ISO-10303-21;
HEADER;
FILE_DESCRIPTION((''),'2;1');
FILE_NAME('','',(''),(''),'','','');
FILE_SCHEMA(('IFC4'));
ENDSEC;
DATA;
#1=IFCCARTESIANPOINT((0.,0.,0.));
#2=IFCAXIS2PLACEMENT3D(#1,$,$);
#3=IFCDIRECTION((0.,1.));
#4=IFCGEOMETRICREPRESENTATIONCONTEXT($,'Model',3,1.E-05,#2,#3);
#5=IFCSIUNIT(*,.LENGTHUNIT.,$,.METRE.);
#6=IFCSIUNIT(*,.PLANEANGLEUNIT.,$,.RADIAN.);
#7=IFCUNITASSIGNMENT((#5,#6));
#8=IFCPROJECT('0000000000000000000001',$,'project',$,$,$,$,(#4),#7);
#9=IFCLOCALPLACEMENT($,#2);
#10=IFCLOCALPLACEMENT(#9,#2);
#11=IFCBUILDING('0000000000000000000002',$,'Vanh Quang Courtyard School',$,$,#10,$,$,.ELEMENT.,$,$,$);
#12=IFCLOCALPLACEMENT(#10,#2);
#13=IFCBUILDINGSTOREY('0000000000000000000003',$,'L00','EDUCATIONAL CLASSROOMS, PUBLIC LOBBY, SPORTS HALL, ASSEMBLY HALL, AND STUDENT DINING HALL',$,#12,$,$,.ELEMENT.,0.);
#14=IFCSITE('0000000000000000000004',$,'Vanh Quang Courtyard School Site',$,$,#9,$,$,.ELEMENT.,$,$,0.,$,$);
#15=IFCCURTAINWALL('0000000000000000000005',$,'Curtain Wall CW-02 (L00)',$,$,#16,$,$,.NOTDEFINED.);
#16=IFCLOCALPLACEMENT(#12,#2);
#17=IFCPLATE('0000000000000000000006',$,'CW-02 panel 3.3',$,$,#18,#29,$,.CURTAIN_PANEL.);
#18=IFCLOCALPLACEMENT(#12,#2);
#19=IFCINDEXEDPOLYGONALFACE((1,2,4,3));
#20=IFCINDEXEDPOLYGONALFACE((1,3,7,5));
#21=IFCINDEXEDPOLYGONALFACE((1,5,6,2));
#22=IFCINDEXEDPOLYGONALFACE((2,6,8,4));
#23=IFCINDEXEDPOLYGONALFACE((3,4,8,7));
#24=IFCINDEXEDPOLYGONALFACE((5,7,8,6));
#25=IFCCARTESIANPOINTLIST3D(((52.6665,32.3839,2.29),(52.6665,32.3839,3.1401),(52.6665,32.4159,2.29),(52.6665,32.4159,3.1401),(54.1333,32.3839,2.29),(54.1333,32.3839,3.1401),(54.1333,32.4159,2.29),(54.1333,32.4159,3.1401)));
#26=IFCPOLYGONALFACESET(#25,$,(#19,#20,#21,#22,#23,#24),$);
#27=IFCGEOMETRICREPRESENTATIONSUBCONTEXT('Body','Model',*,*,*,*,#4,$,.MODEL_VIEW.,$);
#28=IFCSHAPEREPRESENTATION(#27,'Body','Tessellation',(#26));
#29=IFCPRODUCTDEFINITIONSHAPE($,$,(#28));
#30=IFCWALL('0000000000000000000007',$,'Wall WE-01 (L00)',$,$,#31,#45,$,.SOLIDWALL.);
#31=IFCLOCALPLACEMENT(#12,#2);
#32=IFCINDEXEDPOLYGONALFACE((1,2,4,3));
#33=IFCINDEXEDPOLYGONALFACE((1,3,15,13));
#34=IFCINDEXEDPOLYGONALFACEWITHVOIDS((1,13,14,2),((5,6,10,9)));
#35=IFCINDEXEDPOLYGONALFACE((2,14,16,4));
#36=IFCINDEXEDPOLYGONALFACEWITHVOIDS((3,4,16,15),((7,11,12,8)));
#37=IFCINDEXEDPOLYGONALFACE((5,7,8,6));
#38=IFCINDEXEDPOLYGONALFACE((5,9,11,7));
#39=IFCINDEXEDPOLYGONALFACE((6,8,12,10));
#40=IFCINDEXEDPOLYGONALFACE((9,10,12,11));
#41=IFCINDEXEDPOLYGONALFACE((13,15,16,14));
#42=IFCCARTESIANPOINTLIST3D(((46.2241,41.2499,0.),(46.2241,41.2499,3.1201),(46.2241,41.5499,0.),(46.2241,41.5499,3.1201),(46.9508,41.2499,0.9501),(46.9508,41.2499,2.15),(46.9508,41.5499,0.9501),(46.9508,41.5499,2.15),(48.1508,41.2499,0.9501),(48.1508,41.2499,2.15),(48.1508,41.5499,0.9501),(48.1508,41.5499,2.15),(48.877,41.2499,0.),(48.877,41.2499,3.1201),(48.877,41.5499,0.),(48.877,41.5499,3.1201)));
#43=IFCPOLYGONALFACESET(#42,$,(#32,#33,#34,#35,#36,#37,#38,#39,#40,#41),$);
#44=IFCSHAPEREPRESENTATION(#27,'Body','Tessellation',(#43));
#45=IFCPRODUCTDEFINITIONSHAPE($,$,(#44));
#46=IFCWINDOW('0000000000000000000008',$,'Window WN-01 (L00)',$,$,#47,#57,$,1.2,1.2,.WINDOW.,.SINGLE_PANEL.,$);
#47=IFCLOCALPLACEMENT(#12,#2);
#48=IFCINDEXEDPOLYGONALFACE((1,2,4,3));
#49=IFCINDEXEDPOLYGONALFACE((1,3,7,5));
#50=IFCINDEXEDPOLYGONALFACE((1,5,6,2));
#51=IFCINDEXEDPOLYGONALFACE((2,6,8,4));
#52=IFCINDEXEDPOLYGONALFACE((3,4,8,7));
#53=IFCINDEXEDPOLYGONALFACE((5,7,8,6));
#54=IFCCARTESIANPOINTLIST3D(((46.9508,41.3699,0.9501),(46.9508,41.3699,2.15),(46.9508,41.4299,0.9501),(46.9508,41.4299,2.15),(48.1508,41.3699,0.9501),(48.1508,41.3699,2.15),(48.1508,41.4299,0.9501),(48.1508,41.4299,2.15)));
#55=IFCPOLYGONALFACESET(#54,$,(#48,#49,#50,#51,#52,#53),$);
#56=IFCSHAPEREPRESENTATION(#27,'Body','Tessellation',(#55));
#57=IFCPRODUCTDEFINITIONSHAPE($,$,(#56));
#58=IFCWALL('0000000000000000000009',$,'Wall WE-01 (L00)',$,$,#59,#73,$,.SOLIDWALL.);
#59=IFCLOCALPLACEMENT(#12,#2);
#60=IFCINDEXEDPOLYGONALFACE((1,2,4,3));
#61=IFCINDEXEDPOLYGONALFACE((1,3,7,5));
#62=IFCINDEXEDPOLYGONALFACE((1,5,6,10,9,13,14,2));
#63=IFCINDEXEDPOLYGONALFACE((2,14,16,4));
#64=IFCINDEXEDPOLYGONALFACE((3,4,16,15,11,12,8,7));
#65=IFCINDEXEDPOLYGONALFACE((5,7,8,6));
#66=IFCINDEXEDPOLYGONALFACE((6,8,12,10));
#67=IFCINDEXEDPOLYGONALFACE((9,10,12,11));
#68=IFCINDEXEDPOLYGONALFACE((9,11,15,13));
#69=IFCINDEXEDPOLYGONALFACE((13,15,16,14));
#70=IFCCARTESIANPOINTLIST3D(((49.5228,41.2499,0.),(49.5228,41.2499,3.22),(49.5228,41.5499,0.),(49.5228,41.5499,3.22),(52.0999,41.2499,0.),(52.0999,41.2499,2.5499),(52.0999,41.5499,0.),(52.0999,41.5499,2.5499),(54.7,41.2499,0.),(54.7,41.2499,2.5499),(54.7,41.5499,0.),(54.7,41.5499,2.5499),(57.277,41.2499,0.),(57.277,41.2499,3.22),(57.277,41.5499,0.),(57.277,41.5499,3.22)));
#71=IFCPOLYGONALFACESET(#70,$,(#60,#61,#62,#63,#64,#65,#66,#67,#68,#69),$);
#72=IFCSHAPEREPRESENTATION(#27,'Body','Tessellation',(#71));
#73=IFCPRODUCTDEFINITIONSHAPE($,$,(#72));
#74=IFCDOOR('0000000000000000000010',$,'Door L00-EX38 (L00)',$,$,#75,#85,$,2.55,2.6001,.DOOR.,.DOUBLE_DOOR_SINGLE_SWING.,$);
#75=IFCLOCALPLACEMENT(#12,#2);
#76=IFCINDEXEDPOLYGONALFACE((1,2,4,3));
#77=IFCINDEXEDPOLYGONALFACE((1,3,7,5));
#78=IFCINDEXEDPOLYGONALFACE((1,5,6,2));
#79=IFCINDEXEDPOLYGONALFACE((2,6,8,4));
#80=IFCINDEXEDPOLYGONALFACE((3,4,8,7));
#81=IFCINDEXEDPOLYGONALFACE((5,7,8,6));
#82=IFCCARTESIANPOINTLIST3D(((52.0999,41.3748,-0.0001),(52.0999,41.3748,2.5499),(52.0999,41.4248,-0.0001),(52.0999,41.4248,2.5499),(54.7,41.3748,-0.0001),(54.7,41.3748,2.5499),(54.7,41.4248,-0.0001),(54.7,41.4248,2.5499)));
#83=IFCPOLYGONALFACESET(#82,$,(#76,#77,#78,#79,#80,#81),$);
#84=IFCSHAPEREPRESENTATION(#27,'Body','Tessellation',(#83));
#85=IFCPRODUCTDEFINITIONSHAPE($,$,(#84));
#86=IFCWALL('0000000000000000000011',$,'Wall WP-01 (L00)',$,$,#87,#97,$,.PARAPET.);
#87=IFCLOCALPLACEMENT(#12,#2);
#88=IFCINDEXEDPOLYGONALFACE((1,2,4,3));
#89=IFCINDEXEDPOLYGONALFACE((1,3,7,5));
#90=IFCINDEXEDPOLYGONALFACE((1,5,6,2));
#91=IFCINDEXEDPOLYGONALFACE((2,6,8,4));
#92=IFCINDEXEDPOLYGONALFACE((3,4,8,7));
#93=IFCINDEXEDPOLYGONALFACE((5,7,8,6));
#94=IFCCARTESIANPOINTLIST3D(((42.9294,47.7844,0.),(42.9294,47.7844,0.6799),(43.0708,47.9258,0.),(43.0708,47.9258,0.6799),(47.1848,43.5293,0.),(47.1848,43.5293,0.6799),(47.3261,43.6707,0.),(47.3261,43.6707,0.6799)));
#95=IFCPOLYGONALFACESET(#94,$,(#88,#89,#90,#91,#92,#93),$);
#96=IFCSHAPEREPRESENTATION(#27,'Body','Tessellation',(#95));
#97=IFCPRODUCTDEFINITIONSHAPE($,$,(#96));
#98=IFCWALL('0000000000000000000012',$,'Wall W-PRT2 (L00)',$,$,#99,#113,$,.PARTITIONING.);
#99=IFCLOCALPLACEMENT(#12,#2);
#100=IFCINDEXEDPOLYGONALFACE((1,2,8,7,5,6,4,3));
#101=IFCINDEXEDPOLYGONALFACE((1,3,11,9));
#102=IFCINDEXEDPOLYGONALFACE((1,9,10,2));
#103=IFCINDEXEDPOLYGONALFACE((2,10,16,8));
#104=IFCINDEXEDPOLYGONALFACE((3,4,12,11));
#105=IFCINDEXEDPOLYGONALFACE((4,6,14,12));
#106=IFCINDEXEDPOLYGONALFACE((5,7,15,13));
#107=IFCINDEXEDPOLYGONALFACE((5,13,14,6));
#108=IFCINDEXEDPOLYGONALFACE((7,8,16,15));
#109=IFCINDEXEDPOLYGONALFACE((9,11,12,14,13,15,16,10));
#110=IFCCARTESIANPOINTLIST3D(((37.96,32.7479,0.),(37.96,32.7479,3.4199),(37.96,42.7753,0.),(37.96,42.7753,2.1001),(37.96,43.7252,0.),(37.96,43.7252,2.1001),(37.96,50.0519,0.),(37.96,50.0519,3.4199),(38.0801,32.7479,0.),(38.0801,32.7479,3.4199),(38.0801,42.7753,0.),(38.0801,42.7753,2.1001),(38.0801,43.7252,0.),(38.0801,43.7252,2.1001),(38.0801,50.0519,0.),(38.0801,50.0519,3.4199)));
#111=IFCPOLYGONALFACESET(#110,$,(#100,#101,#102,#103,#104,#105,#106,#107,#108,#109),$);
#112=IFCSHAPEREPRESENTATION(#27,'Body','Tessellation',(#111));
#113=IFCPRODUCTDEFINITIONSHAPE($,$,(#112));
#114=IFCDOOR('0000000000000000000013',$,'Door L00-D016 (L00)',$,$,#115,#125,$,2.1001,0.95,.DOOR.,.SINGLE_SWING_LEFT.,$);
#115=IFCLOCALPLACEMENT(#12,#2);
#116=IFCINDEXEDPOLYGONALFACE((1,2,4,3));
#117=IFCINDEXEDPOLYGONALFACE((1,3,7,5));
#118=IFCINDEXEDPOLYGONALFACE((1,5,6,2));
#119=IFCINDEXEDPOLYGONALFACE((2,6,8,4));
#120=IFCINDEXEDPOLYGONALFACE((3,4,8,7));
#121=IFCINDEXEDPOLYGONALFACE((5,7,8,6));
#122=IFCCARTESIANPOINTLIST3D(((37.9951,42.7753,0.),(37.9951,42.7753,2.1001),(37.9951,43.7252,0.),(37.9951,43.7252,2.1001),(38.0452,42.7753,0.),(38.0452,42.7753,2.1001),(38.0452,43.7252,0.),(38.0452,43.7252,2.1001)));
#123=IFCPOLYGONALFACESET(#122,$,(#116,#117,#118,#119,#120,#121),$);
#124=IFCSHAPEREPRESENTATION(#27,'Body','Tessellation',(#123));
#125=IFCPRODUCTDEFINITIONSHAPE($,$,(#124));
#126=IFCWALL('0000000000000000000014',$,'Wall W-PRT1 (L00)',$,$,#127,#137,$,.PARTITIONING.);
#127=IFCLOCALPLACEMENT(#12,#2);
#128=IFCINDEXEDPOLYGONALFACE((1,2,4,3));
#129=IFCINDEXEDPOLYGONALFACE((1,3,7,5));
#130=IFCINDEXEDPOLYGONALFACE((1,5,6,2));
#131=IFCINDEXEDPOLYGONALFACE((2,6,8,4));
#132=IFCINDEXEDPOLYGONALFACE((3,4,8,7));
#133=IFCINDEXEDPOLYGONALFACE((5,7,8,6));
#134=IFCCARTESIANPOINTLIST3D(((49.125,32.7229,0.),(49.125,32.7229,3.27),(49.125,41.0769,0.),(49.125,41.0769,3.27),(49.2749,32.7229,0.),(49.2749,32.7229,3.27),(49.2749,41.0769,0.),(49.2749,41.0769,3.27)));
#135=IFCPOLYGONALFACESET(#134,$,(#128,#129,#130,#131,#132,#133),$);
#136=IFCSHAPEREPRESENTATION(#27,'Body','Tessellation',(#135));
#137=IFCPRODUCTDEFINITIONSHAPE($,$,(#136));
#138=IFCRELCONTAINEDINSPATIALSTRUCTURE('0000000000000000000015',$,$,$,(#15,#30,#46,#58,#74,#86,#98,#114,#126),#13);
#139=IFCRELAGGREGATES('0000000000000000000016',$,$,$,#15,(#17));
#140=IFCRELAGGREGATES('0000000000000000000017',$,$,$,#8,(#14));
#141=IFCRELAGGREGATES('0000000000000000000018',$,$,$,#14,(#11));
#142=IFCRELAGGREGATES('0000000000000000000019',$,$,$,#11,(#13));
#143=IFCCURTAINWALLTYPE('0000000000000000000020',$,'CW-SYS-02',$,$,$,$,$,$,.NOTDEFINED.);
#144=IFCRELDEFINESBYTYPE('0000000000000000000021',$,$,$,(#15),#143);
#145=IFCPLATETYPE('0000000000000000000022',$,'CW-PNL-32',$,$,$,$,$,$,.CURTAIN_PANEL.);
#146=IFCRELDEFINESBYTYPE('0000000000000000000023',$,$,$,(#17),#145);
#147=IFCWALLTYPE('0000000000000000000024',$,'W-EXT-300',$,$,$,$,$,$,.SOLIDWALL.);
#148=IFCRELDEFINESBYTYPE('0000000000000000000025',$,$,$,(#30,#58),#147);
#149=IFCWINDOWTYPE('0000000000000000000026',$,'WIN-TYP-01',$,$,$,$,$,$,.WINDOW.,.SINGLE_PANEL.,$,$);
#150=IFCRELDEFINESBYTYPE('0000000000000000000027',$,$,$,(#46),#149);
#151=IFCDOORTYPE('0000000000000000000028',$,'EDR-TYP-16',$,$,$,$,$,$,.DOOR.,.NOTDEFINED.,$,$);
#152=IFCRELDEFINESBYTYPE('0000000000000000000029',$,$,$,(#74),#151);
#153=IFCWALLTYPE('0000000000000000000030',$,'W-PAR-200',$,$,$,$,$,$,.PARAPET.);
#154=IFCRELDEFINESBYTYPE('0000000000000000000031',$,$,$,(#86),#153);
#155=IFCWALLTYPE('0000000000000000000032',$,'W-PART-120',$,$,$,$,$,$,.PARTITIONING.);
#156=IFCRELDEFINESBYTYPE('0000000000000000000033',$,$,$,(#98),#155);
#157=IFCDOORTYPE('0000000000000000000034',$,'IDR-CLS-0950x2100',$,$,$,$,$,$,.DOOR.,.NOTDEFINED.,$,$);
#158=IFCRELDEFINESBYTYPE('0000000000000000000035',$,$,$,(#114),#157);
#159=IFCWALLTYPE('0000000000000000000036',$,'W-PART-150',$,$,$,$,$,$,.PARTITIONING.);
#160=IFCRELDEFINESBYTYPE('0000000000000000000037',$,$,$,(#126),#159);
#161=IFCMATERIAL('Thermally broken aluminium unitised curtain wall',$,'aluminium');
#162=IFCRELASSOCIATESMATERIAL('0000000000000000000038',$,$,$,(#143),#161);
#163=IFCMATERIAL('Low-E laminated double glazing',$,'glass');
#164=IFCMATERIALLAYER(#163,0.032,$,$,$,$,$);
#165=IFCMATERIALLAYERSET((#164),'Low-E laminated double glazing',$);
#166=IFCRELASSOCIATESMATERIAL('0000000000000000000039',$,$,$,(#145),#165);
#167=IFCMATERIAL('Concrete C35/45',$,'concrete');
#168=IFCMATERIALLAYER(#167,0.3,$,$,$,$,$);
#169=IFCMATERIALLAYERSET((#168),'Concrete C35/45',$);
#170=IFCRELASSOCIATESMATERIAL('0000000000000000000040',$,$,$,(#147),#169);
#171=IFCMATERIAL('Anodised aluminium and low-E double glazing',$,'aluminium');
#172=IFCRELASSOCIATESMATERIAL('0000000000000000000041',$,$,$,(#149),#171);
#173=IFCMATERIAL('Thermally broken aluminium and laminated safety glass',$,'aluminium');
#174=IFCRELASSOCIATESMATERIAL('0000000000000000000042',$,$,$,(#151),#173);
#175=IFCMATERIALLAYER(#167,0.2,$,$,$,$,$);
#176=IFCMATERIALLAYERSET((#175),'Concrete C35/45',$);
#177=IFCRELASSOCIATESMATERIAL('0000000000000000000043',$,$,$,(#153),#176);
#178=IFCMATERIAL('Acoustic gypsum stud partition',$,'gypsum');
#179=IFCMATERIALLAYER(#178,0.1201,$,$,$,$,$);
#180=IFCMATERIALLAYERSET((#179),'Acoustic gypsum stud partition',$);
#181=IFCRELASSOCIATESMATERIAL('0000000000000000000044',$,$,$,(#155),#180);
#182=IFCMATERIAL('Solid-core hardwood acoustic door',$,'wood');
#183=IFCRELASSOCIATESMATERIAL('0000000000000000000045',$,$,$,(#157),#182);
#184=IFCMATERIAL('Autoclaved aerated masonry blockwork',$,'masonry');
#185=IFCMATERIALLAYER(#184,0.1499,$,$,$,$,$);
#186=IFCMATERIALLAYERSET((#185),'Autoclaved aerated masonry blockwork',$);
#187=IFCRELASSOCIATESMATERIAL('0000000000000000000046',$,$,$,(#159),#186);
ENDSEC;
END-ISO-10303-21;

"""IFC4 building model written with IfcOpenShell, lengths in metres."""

from ifc_helpers import new_model, si_unit, direction, frame, frame_2d, origin, origin_2d, place, context, subcontext, project, spatial, rectangle, extrude, material, layer, layer_set, type_object, element, fill, aggregate, save


model = new_model("IFC4")

# Units and contexts
model_context = context("Model", 3, precision=1e-05, world=origin(), true_north=direction((0.0, 1.0)))
body_context = subcontext(model_context, "Body", "Model", "MODEL_VIEW")
ifc_project = project(units=[si_unit("LENGTHUNIT", "METRE"), si_unit("PLANEANGLEUNIT", "RADIAN")], contexts=[model_context])

# Site, building, storey
site_placement = place(None, origin())
site = spatial("IfcSite", under=ifc_project, at=site_placement, Name="Vanh Quang Courtyard School Site", CompositionType="ELEMENT", RefElevation=0.0)
building_placement = place(site_placement, origin())
building = spatial("IfcBuilding", under=site, at=building_placement, Name="Vanh Quang Courtyard School", CompositionType="ELEMENT")
storey_placement = place(building_placement, origin())
storey = spatial("IfcBuildingStorey", under=building, at=storey_placement, Name="L00", Description="EDUCATIONAL CLASSROOMS, PUBLIC LOBBY, SPORTS HALL, ASSEMBLY HALL, AND STUDENT DINING HALL", CompositionType="ELEMENT", Elevation=0.0)

# Shared definitions
ifc_material_1 = material(Name="Concrete C35/45", Category="concrete")

# Curtain wall, plate
ifc_material_2 = material(Name="Thermally broken aluminium unitised curtain wall", Category="aluminium")
curtain_wall_type = type_object("IfcCurtainWallType", Name="CW-SYS-02", PredefinedType="NOTDEFINED", material=ifc_material_2)
curtain_wall_placement = place(storey_placement, origin())
curtain_wall = element("IfcCurtainWall", 1, at=curtain_wall_placement, inside=storey, type_object=curtain_wall_type, Name="Curtain Wall CW-02 (L00)", PredefinedType="NOTDEFINED")
ifc_material_3 = material(Name="Low-E laminated double glazing", Category="glass")
ifc_layer_1 = layer(ifc_material_3, 0.032)
ifc_layer_set_1 = layer_set([ifc_layer_1], Name="Low-E laminated double glazing")
plate_type = type_object("IfcPlateType", Name="CW-PNL-32", PredefinedType="CURTAIN_PANEL", material=ifc_layer_set_1)
plate_1_placement = place(storey_placement, frame((53.3999, 32.3999, 2.29), z_axis=(0.0, 0.0, 1.0), x_axis=(-1.0, 0.0, 0.0)))
plate_1 = element("IfcPlate", 2, at=plate_1_placement, type_object=plate_type, Name="CW-02 panel 3.3", PredefinedType="CURTAIN_PANEL", context=body_context, shape_type="SweptSolid", body=[
    extrude(rectangle(XDim=1.4668, YDim=0.032, at=origin_2d()), origin(), (0.0, 0.0, 1.0), 0.8501),
])
aggregate(curtain_wall, [plate_1])

# Wall, opening, window
ifc_layer_2 = layer(ifc_material_1, 0.3)
ifc_layer_set_2 = layer_set([ifc_layer_2], Name="Concrete C35/45")
wall_type_1 = type_object("IfcWallType", Name="W-EXT-300", PredefinedType="SOLIDWALL", material=ifc_layer_set_2)
wall_1_placement = place(storey_placement, frame((46.2241, 41.3999, 0.0), z_axis=(0.0, 0.0, 1.0), x_axis=(1.0, 0.0, 0.0)))
wall_1 = element("IfcWall", 3, at=wall_1_placement, inside=storey, type_object=wall_type_1, Name="Wall WE-01 (L00)", PredefinedType="SOLIDWALL", context=body_context, shape_type="SweptSolid", body=[
    extrude(rectangle(XDim=2.6528, YDim=0.3, at=frame_2d((1.3264, 0.0))), origin(), (0.0, 0.0, 1.0), 3.1201),
])
opening_1_placement = place(wall_1_placement, frame((0.7266, 0.0, 0.95)))
opening_1 = element("IfcOpeningElement", 4, at=opening_1_placement, cuts=wall_1, PredefinedType="OPENING", context=body_context, shape_type="SweptSolid", body=[
    extrude(rectangle(XDim=1.2, YDim=1.2, at=frame_2d((0.6001, 0.6001))), frame((0.0, 0.1602, 0.0), z_axis=(0.0, -1.0, 0.0), x_axis=(1.0, 0.0, 0.0)), (0.0, 0.0, 1.0), 0.3201),
])
ifc_material_4 = material(Name="Anodised aluminium and low-E double glazing", Category="aluminium")
window_type = type_object("IfcWindowType", Name="WIN-TYP-01", PartitioningType="SINGLE_PANEL", PredefinedType="WINDOW", material=ifc_material_4)
window_placement = place(opening_1_placement, origin())
window = element("IfcWindow", 5, at=window_placement, inside=storey, type_object=window_type, Name="Window WN-01 (L00)", OverallHeight=1.2, OverallWidth=1.2, PartitioningType="SINGLE_PANEL", PredefinedType="WINDOW", context=body_context, shape_type="SweptSolid", body=[
    extrude(rectangle(XDim=1.2, YDim=1.2, at=frame_2d((0.6001, 0.6001))), frame((0.0, 0.03, 0.0), z_axis=(0.0, -1.0, 0.0), x_axis=(1.0, 0.0, 0.0)), (0.0, 0.0, 1.0), 0.0601),
])
fill(opening_1, window)

# Wall, opening, door
wall_2_placement = place(storey_placement, frame((49.5229, 41.3999, 0.0), z_axis=(0.0, 0.0, 1.0), x_axis=(1.0, 0.0, 0.0)))
wall_2 = element("IfcWall", 6, at=wall_2_placement, inside=storey, type_object=wall_type_1, Name="Wall WE-01 (L00)", PredefinedType="SOLIDWALL", context=body_context, shape_type="SweptSolid", body=[
    extrude(rectangle(XDim=7.7542, YDim=0.3, at=frame_2d((3.877, 0.0))), origin(), (0.0, 0.0, 1.0), 3.22),
])
opening_2_placement = place(wall_2_placement, frame((2.5769, 0.0, 0.0)))
opening_2 = element("IfcOpeningElement", 7, at=opening_2_placement, cuts=wall_2, PredefinedType="OPENING", context=body_context, shape_type="SweptSolid", body=[
    extrude(rectangle(XDim=2.6001, YDim=2.55, at=frame_2d((1.3, 1.2749))), frame((0.0, 0.1602, 0.0), z_axis=(0.0, -1.0, 0.0), x_axis=(1.0, 0.0, 0.0)), (0.0, 0.0, 1.0), 0.3201),
])
ifc_material_5 = material(Name="Thermally broken aluminium and laminated safety glass", Category="aluminium")
door_type_1 = type_object("IfcDoorType", Name="EDR-TYP-16", OperationType="NOTDEFINED", PredefinedType="DOOR", material=ifc_material_5)
door_1_placement = place(opening_2_placement, origin())
door_1 = element("IfcDoor", 8, at=door_1_placement, inside=storey, type_object=door_type_1, Name="Door L00-EX38 (L00)", OperationType="DOUBLE_DOOR_SINGLE_SWING", OverallHeight=2.55, OverallWidth=2.6001, PredefinedType="DOOR", context=body_context, shape_type="SweptSolid", body=[
    extrude(rectangle(XDim=2.6001, YDim=2.55, at=frame_2d((1.3, 1.2749))), frame((0.0, 0.0249, 0.0), z_axis=(0.0, -1.0, 0.0), x_axis=(1.0, 0.0, 0.0)), (0.0, 0.0, 1.0), 0.05),
])
fill(opening_2, door_1)

# Wall
ifc_layer_3 = layer(ifc_material_1, 0.2)
ifc_layer_set_3 = layer_set([ifc_layer_3], Name="Concrete C35/45")
wall_type_2 = type_object("IfcWallType", Name="W-PAR-200", PredefinedType="PARAPET", material=ifc_layer_set_3)
wall_3_placement = place(storey_placement, frame((47.2554, 43.6001, 0.0), z_axis=(0.0, 0.0, 1.0), x_axis=(-0.707127, 0.707086, 0.0)))
element("IfcWall", 9, at=wall_3_placement, inside=storey, type_object=wall_type_2, Name="Wall WP-01 (L00)", PredefinedType="PARAPET", context=body_context, shape_type="SweptSolid", body=[
    extrude(rectangle(XDim=6.0178, YDim=0.2, at=frame_2d((3.0088, 0.0))), origin(), (0.0, 0.0, 1.0), 0.6799),
])

# Wall, opening, door
ifc_material_6 = material(Name="Acoustic gypsum stud partition", Category="gypsum")
ifc_layer_4 = layer(ifc_material_6, 0.1201)
ifc_layer_set_4 = layer_set([ifc_layer_4], Name="Acoustic gypsum stud partition")
wall_type_3 = type_object("IfcWallType", Name="W-PART-120", PredefinedType="PARTITIONING", material=ifc_layer_set_4)
wall_4_placement = place(storey_placement, frame((38.02, 32.748, 0.0), z_axis=(0.0, 0.0, 1.0), x_axis=(0.0, 1.0, 0.0)))
wall_4 = element("IfcWall", 10, at=wall_4_placement, inside=storey, type_object=wall_type_3, Name="Wall W-PRT2 (L00)", PredefinedType="PARTITIONING", context=body_context, shape_type="SweptSolid", body=[
    extrude(rectangle(XDim=17.304, YDim=0.1201, at=frame_2d((8.6519, 0.0))), origin(), (0.0, 0.0, 1.0), 3.4199),
])
opening_3_placement = place(wall_4_placement, frame((10.0271, 0.0, 0.0)))
opening_3 = element("IfcOpeningElement", 11, at=opening_3_placement, cuts=wall_4, PredefinedType="OPENING", context=body_context, shape_type="SweptSolid", body=[
    extrude(rectangle(XDim=0.95, YDim=2.1001, at=frame_2d((0.4751, 1.05))), frame((0.0, 0.0701, 0.0), z_axis=(0.0, -1.0, 0.0), x_axis=(1.0, 0.0, 0.0)), (0.0, 0.0, 1.0), 0.1401),
])
ifc_material_7 = material(Name="Solid-core hardwood acoustic door", Category="wood")
door_type_2 = type_object("IfcDoorType", Name="IDR-CLS-0950x2100", OperationType="NOTDEFINED", PredefinedType="DOOR", material=ifc_material_7)
door_2_placement = place(opening_3_placement, origin())
door_2 = element("IfcDoor", 12, at=door_2_placement, inside=storey, type_object=door_type_2, Name="Door L00-D016 (L00)", OperationType="SINGLE_SWING_LEFT", OverallHeight=2.1001, OverallWidth=0.95, PredefinedType="DOOR", context=body_context, shape_type="SweptSolid", body=[
    extrude(rectangle(XDim=0.95, YDim=2.1001, at=frame_2d((0.4751, 1.05))), frame((0.0, 0.0249, 0.0), z_axis=(0.0, -1.0, 0.0), x_axis=(1.0, 0.0, 0.0)), (0.0, 0.0, 1.0), 0.05),
])
fill(opening_3, door_2)

# Wall
ifc_material_8 = material(Name="Autoclaved aerated masonry blockwork", Category="masonry")
ifc_layer_5 = layer(ifc_material_8, 0.1499)
ifc_layer_set_5 = layer_set([ifc_layer_5], Name="Autoclaved aerated masonry blockwork")
wall_type_4 = type_object("IfcWallType", Name="W-PART-150", PredefinedType="PARTITIONING", material=ifc_layer_set_5)
wall_5_placement = place(storey_placement, frame((49.2, 41.0769, 0.0), z_axis=(0.0, 0.0, 1.0), x_axis=(0.0, -1.0, 0.0)))
element("IfcWall", 13, at=wall_5_placement, inside=storey, type_object=wall_type_4, Name="Wall W-PRT1 (L00)", PredefinedType="PARTITIONING", context=body_context, shape_type="SweptSolid", body=[
    extrude(rectangle(XDim=8.354, YDim=0.1499, at=frame_2d((4.177, 0.0))), origin(), (0.0, 0.0, 1.0), 3.27),
])

save(model, "model.ifc")
